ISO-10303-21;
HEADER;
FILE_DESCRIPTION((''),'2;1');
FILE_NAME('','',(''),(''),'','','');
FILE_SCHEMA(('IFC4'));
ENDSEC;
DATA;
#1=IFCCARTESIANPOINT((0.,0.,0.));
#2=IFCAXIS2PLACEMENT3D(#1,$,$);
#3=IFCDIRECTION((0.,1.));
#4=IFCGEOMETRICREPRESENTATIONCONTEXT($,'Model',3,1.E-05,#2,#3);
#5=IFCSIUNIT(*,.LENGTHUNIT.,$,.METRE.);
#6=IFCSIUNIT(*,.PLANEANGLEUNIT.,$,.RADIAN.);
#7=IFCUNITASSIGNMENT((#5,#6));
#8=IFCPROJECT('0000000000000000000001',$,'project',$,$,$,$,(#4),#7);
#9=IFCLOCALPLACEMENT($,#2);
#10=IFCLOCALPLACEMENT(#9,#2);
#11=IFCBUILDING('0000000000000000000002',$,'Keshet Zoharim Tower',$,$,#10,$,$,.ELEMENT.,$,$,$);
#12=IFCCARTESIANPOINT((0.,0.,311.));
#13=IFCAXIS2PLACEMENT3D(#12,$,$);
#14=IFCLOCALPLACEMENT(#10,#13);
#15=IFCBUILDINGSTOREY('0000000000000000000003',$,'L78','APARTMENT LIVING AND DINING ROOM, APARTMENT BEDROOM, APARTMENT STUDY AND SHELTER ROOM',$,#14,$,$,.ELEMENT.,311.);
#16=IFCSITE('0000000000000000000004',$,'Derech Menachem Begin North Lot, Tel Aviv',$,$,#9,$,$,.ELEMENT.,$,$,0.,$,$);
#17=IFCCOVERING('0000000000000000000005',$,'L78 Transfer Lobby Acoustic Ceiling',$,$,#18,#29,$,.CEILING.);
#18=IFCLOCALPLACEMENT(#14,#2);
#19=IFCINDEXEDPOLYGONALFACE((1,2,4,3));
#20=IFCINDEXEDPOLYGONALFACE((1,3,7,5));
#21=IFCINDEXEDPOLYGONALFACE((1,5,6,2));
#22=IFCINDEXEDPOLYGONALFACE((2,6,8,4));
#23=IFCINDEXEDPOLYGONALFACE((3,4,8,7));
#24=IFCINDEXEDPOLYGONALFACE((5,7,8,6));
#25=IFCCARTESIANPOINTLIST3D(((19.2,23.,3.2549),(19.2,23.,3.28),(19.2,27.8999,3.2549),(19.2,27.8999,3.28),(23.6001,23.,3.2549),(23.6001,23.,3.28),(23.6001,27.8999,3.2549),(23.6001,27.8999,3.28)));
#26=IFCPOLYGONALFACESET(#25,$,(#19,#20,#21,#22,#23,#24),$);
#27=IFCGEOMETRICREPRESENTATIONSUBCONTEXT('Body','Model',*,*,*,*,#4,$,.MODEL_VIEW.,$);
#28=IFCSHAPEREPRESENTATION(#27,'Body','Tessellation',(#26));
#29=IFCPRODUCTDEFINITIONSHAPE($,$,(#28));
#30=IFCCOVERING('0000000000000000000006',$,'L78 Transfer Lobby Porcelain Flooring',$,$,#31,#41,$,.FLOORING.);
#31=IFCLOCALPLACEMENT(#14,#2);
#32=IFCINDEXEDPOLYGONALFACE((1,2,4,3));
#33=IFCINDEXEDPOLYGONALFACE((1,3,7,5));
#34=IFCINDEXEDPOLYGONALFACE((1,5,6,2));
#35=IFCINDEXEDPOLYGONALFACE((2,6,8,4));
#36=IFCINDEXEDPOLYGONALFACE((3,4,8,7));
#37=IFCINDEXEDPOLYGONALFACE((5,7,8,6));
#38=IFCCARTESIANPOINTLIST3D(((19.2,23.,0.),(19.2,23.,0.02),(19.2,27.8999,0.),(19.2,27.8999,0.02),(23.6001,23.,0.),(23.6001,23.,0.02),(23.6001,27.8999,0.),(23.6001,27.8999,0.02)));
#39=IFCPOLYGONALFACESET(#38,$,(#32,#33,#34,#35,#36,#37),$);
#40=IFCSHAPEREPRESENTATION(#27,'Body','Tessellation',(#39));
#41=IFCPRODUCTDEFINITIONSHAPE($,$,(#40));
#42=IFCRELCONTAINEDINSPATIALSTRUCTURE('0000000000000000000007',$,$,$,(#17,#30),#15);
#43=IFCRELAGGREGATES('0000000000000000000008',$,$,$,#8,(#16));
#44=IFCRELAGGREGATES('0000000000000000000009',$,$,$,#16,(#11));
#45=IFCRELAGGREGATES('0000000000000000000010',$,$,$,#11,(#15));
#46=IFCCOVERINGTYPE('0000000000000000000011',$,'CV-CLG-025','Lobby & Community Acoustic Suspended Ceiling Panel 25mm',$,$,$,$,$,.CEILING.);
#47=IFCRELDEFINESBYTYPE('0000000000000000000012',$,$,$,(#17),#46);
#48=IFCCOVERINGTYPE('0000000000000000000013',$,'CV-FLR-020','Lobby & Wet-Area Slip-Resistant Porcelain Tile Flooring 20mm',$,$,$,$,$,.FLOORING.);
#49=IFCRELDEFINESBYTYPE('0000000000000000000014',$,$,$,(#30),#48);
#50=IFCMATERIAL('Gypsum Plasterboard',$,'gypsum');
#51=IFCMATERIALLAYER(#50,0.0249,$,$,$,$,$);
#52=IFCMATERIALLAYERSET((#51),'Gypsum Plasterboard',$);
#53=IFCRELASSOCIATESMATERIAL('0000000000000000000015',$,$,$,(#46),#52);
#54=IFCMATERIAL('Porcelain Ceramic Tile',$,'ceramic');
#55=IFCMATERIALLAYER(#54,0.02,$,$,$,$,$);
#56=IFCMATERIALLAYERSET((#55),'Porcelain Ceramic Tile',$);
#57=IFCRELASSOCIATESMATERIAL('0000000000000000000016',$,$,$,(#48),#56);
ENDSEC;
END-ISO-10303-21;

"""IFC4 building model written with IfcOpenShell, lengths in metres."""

from ifc_helpers import new_model, si_unit, direction, frame, origin, place, context, subcontext, project, spatial, polyline, outline, extrude, material, layer, layer_set, type_object, element, save


model = new_model("IFC4")

# Units and contexts
model_context = context("Model", 3, precision=1e-05, world=origin(), true_north=direction((0.0, 1.0)))
body_context = subcontext(model_context, "Body", "Model", "MODEL_VIEW")
ifc_project = project(units=[si_unit("LENGTHUNIT", "METRE"), si_unit("PLANEANGLEUNIT", "RADIAN")], contexts=[model_context])

# Site, building, storey
site_placement = place(None, origin())
site = spatial("IfcSite", under=ifc_project, at=site_placement, Name="Derech Menachem Begin North Lot, Tel Aviv", CompositionType="ELEMENT", RefElevation=0.0)
building_placement = place(site_placement, origin())
building = spatial("IfcBuilding", under=site, at=building_placement, Name="Keshet Zoharim Tower", CompositionType="ELEMENT")
storey_placement = place(building_placement, frame((0.0, 0.0, 311.0)))
storey = spatial("IfcBuildingStorey", under=building, at=storey_placement, Name="L78", Description="APARTMENT LIVING AND DINING ROOM, APARTMENT BEDROOM, APARTMENT STUDY AND SHELTER ROOM", CompositionType="ELEMENT", Elevation=311.0)

# Shared definitions
ifc_material_1 = material(Name="Gypsum Plasterboard", Category="gypsum")

# Coverings
ifc_layer_1 = layer(ifc_material_1, 0.0249)
ifc_layer_set_1 = layer_set([ifc_layer_1], Name="Gypsum Plasterboard")
covering_type_1 = type_object("IfcCoveringType", Name="CV-CLG-025", Description="Lobby & Community Acoustic Suspended Ceiling Panel 25mm", PredefinedType="CEILING", material=ifc_layer_set_1)
covering_1_placement = place(storey_placement, frame((0.0, 0.0, 3.2549)))
element("IfcCovering", 1, at=covering_1_placement, inside=storey, type_object=covering_type_1, Name="L78 Transfer Lobby Acoustic Ceiling", PredefinedType="CEILING", context=body_context, shape_type="SweptSolid", body=[
    extrude(outline(polyline([(19.2, 23.0), (23.6001, 23.0), (23.6001, 27.8999), (19.2, 27.8999), (19.2, 23.0)])), origin(), (0.0, 0.0, 1.0), 0.0251),
])
ifc_material_2 = material(Name="Porcelain Ceramic Tile", Category="ceramic")
ifc_layer_2 = layer(ifc_material_2, 0.02)
ifc_layer_set_2 = layer_set([ifc_layer_2], Name="Porcelain Ceramic Tile")
covering_type_2 = type_object("IfcCoveringType", Name="CV-FLR-020", Description="Lobby & Wet-Area Slip-Resistant Porcelain Tile Flooring 20mm", PredefinedType="FLOORING", material=ifc_layer_set_2)
covering_2_placement = place(storey_placement, origin())
element("IfcCovering", 2, at=covering_2_placement, inside=storey, type_object=covering_type_2, Name="L78 Transfer Lobby Porcelain Flooring", PredefinedType="FLOORING", context=body_context, shape_type="SweptSolid", body=[
    extrude(outline(polyline([(19.2, 23.0), (23.6001, 23.0), (23.6001, 27.8999), (19.2, 27.8999), (19.2, 23.0)])), origin(), (0.0, 0.0, 1.0), 0.02),
])

save(model, "model.ifc")
